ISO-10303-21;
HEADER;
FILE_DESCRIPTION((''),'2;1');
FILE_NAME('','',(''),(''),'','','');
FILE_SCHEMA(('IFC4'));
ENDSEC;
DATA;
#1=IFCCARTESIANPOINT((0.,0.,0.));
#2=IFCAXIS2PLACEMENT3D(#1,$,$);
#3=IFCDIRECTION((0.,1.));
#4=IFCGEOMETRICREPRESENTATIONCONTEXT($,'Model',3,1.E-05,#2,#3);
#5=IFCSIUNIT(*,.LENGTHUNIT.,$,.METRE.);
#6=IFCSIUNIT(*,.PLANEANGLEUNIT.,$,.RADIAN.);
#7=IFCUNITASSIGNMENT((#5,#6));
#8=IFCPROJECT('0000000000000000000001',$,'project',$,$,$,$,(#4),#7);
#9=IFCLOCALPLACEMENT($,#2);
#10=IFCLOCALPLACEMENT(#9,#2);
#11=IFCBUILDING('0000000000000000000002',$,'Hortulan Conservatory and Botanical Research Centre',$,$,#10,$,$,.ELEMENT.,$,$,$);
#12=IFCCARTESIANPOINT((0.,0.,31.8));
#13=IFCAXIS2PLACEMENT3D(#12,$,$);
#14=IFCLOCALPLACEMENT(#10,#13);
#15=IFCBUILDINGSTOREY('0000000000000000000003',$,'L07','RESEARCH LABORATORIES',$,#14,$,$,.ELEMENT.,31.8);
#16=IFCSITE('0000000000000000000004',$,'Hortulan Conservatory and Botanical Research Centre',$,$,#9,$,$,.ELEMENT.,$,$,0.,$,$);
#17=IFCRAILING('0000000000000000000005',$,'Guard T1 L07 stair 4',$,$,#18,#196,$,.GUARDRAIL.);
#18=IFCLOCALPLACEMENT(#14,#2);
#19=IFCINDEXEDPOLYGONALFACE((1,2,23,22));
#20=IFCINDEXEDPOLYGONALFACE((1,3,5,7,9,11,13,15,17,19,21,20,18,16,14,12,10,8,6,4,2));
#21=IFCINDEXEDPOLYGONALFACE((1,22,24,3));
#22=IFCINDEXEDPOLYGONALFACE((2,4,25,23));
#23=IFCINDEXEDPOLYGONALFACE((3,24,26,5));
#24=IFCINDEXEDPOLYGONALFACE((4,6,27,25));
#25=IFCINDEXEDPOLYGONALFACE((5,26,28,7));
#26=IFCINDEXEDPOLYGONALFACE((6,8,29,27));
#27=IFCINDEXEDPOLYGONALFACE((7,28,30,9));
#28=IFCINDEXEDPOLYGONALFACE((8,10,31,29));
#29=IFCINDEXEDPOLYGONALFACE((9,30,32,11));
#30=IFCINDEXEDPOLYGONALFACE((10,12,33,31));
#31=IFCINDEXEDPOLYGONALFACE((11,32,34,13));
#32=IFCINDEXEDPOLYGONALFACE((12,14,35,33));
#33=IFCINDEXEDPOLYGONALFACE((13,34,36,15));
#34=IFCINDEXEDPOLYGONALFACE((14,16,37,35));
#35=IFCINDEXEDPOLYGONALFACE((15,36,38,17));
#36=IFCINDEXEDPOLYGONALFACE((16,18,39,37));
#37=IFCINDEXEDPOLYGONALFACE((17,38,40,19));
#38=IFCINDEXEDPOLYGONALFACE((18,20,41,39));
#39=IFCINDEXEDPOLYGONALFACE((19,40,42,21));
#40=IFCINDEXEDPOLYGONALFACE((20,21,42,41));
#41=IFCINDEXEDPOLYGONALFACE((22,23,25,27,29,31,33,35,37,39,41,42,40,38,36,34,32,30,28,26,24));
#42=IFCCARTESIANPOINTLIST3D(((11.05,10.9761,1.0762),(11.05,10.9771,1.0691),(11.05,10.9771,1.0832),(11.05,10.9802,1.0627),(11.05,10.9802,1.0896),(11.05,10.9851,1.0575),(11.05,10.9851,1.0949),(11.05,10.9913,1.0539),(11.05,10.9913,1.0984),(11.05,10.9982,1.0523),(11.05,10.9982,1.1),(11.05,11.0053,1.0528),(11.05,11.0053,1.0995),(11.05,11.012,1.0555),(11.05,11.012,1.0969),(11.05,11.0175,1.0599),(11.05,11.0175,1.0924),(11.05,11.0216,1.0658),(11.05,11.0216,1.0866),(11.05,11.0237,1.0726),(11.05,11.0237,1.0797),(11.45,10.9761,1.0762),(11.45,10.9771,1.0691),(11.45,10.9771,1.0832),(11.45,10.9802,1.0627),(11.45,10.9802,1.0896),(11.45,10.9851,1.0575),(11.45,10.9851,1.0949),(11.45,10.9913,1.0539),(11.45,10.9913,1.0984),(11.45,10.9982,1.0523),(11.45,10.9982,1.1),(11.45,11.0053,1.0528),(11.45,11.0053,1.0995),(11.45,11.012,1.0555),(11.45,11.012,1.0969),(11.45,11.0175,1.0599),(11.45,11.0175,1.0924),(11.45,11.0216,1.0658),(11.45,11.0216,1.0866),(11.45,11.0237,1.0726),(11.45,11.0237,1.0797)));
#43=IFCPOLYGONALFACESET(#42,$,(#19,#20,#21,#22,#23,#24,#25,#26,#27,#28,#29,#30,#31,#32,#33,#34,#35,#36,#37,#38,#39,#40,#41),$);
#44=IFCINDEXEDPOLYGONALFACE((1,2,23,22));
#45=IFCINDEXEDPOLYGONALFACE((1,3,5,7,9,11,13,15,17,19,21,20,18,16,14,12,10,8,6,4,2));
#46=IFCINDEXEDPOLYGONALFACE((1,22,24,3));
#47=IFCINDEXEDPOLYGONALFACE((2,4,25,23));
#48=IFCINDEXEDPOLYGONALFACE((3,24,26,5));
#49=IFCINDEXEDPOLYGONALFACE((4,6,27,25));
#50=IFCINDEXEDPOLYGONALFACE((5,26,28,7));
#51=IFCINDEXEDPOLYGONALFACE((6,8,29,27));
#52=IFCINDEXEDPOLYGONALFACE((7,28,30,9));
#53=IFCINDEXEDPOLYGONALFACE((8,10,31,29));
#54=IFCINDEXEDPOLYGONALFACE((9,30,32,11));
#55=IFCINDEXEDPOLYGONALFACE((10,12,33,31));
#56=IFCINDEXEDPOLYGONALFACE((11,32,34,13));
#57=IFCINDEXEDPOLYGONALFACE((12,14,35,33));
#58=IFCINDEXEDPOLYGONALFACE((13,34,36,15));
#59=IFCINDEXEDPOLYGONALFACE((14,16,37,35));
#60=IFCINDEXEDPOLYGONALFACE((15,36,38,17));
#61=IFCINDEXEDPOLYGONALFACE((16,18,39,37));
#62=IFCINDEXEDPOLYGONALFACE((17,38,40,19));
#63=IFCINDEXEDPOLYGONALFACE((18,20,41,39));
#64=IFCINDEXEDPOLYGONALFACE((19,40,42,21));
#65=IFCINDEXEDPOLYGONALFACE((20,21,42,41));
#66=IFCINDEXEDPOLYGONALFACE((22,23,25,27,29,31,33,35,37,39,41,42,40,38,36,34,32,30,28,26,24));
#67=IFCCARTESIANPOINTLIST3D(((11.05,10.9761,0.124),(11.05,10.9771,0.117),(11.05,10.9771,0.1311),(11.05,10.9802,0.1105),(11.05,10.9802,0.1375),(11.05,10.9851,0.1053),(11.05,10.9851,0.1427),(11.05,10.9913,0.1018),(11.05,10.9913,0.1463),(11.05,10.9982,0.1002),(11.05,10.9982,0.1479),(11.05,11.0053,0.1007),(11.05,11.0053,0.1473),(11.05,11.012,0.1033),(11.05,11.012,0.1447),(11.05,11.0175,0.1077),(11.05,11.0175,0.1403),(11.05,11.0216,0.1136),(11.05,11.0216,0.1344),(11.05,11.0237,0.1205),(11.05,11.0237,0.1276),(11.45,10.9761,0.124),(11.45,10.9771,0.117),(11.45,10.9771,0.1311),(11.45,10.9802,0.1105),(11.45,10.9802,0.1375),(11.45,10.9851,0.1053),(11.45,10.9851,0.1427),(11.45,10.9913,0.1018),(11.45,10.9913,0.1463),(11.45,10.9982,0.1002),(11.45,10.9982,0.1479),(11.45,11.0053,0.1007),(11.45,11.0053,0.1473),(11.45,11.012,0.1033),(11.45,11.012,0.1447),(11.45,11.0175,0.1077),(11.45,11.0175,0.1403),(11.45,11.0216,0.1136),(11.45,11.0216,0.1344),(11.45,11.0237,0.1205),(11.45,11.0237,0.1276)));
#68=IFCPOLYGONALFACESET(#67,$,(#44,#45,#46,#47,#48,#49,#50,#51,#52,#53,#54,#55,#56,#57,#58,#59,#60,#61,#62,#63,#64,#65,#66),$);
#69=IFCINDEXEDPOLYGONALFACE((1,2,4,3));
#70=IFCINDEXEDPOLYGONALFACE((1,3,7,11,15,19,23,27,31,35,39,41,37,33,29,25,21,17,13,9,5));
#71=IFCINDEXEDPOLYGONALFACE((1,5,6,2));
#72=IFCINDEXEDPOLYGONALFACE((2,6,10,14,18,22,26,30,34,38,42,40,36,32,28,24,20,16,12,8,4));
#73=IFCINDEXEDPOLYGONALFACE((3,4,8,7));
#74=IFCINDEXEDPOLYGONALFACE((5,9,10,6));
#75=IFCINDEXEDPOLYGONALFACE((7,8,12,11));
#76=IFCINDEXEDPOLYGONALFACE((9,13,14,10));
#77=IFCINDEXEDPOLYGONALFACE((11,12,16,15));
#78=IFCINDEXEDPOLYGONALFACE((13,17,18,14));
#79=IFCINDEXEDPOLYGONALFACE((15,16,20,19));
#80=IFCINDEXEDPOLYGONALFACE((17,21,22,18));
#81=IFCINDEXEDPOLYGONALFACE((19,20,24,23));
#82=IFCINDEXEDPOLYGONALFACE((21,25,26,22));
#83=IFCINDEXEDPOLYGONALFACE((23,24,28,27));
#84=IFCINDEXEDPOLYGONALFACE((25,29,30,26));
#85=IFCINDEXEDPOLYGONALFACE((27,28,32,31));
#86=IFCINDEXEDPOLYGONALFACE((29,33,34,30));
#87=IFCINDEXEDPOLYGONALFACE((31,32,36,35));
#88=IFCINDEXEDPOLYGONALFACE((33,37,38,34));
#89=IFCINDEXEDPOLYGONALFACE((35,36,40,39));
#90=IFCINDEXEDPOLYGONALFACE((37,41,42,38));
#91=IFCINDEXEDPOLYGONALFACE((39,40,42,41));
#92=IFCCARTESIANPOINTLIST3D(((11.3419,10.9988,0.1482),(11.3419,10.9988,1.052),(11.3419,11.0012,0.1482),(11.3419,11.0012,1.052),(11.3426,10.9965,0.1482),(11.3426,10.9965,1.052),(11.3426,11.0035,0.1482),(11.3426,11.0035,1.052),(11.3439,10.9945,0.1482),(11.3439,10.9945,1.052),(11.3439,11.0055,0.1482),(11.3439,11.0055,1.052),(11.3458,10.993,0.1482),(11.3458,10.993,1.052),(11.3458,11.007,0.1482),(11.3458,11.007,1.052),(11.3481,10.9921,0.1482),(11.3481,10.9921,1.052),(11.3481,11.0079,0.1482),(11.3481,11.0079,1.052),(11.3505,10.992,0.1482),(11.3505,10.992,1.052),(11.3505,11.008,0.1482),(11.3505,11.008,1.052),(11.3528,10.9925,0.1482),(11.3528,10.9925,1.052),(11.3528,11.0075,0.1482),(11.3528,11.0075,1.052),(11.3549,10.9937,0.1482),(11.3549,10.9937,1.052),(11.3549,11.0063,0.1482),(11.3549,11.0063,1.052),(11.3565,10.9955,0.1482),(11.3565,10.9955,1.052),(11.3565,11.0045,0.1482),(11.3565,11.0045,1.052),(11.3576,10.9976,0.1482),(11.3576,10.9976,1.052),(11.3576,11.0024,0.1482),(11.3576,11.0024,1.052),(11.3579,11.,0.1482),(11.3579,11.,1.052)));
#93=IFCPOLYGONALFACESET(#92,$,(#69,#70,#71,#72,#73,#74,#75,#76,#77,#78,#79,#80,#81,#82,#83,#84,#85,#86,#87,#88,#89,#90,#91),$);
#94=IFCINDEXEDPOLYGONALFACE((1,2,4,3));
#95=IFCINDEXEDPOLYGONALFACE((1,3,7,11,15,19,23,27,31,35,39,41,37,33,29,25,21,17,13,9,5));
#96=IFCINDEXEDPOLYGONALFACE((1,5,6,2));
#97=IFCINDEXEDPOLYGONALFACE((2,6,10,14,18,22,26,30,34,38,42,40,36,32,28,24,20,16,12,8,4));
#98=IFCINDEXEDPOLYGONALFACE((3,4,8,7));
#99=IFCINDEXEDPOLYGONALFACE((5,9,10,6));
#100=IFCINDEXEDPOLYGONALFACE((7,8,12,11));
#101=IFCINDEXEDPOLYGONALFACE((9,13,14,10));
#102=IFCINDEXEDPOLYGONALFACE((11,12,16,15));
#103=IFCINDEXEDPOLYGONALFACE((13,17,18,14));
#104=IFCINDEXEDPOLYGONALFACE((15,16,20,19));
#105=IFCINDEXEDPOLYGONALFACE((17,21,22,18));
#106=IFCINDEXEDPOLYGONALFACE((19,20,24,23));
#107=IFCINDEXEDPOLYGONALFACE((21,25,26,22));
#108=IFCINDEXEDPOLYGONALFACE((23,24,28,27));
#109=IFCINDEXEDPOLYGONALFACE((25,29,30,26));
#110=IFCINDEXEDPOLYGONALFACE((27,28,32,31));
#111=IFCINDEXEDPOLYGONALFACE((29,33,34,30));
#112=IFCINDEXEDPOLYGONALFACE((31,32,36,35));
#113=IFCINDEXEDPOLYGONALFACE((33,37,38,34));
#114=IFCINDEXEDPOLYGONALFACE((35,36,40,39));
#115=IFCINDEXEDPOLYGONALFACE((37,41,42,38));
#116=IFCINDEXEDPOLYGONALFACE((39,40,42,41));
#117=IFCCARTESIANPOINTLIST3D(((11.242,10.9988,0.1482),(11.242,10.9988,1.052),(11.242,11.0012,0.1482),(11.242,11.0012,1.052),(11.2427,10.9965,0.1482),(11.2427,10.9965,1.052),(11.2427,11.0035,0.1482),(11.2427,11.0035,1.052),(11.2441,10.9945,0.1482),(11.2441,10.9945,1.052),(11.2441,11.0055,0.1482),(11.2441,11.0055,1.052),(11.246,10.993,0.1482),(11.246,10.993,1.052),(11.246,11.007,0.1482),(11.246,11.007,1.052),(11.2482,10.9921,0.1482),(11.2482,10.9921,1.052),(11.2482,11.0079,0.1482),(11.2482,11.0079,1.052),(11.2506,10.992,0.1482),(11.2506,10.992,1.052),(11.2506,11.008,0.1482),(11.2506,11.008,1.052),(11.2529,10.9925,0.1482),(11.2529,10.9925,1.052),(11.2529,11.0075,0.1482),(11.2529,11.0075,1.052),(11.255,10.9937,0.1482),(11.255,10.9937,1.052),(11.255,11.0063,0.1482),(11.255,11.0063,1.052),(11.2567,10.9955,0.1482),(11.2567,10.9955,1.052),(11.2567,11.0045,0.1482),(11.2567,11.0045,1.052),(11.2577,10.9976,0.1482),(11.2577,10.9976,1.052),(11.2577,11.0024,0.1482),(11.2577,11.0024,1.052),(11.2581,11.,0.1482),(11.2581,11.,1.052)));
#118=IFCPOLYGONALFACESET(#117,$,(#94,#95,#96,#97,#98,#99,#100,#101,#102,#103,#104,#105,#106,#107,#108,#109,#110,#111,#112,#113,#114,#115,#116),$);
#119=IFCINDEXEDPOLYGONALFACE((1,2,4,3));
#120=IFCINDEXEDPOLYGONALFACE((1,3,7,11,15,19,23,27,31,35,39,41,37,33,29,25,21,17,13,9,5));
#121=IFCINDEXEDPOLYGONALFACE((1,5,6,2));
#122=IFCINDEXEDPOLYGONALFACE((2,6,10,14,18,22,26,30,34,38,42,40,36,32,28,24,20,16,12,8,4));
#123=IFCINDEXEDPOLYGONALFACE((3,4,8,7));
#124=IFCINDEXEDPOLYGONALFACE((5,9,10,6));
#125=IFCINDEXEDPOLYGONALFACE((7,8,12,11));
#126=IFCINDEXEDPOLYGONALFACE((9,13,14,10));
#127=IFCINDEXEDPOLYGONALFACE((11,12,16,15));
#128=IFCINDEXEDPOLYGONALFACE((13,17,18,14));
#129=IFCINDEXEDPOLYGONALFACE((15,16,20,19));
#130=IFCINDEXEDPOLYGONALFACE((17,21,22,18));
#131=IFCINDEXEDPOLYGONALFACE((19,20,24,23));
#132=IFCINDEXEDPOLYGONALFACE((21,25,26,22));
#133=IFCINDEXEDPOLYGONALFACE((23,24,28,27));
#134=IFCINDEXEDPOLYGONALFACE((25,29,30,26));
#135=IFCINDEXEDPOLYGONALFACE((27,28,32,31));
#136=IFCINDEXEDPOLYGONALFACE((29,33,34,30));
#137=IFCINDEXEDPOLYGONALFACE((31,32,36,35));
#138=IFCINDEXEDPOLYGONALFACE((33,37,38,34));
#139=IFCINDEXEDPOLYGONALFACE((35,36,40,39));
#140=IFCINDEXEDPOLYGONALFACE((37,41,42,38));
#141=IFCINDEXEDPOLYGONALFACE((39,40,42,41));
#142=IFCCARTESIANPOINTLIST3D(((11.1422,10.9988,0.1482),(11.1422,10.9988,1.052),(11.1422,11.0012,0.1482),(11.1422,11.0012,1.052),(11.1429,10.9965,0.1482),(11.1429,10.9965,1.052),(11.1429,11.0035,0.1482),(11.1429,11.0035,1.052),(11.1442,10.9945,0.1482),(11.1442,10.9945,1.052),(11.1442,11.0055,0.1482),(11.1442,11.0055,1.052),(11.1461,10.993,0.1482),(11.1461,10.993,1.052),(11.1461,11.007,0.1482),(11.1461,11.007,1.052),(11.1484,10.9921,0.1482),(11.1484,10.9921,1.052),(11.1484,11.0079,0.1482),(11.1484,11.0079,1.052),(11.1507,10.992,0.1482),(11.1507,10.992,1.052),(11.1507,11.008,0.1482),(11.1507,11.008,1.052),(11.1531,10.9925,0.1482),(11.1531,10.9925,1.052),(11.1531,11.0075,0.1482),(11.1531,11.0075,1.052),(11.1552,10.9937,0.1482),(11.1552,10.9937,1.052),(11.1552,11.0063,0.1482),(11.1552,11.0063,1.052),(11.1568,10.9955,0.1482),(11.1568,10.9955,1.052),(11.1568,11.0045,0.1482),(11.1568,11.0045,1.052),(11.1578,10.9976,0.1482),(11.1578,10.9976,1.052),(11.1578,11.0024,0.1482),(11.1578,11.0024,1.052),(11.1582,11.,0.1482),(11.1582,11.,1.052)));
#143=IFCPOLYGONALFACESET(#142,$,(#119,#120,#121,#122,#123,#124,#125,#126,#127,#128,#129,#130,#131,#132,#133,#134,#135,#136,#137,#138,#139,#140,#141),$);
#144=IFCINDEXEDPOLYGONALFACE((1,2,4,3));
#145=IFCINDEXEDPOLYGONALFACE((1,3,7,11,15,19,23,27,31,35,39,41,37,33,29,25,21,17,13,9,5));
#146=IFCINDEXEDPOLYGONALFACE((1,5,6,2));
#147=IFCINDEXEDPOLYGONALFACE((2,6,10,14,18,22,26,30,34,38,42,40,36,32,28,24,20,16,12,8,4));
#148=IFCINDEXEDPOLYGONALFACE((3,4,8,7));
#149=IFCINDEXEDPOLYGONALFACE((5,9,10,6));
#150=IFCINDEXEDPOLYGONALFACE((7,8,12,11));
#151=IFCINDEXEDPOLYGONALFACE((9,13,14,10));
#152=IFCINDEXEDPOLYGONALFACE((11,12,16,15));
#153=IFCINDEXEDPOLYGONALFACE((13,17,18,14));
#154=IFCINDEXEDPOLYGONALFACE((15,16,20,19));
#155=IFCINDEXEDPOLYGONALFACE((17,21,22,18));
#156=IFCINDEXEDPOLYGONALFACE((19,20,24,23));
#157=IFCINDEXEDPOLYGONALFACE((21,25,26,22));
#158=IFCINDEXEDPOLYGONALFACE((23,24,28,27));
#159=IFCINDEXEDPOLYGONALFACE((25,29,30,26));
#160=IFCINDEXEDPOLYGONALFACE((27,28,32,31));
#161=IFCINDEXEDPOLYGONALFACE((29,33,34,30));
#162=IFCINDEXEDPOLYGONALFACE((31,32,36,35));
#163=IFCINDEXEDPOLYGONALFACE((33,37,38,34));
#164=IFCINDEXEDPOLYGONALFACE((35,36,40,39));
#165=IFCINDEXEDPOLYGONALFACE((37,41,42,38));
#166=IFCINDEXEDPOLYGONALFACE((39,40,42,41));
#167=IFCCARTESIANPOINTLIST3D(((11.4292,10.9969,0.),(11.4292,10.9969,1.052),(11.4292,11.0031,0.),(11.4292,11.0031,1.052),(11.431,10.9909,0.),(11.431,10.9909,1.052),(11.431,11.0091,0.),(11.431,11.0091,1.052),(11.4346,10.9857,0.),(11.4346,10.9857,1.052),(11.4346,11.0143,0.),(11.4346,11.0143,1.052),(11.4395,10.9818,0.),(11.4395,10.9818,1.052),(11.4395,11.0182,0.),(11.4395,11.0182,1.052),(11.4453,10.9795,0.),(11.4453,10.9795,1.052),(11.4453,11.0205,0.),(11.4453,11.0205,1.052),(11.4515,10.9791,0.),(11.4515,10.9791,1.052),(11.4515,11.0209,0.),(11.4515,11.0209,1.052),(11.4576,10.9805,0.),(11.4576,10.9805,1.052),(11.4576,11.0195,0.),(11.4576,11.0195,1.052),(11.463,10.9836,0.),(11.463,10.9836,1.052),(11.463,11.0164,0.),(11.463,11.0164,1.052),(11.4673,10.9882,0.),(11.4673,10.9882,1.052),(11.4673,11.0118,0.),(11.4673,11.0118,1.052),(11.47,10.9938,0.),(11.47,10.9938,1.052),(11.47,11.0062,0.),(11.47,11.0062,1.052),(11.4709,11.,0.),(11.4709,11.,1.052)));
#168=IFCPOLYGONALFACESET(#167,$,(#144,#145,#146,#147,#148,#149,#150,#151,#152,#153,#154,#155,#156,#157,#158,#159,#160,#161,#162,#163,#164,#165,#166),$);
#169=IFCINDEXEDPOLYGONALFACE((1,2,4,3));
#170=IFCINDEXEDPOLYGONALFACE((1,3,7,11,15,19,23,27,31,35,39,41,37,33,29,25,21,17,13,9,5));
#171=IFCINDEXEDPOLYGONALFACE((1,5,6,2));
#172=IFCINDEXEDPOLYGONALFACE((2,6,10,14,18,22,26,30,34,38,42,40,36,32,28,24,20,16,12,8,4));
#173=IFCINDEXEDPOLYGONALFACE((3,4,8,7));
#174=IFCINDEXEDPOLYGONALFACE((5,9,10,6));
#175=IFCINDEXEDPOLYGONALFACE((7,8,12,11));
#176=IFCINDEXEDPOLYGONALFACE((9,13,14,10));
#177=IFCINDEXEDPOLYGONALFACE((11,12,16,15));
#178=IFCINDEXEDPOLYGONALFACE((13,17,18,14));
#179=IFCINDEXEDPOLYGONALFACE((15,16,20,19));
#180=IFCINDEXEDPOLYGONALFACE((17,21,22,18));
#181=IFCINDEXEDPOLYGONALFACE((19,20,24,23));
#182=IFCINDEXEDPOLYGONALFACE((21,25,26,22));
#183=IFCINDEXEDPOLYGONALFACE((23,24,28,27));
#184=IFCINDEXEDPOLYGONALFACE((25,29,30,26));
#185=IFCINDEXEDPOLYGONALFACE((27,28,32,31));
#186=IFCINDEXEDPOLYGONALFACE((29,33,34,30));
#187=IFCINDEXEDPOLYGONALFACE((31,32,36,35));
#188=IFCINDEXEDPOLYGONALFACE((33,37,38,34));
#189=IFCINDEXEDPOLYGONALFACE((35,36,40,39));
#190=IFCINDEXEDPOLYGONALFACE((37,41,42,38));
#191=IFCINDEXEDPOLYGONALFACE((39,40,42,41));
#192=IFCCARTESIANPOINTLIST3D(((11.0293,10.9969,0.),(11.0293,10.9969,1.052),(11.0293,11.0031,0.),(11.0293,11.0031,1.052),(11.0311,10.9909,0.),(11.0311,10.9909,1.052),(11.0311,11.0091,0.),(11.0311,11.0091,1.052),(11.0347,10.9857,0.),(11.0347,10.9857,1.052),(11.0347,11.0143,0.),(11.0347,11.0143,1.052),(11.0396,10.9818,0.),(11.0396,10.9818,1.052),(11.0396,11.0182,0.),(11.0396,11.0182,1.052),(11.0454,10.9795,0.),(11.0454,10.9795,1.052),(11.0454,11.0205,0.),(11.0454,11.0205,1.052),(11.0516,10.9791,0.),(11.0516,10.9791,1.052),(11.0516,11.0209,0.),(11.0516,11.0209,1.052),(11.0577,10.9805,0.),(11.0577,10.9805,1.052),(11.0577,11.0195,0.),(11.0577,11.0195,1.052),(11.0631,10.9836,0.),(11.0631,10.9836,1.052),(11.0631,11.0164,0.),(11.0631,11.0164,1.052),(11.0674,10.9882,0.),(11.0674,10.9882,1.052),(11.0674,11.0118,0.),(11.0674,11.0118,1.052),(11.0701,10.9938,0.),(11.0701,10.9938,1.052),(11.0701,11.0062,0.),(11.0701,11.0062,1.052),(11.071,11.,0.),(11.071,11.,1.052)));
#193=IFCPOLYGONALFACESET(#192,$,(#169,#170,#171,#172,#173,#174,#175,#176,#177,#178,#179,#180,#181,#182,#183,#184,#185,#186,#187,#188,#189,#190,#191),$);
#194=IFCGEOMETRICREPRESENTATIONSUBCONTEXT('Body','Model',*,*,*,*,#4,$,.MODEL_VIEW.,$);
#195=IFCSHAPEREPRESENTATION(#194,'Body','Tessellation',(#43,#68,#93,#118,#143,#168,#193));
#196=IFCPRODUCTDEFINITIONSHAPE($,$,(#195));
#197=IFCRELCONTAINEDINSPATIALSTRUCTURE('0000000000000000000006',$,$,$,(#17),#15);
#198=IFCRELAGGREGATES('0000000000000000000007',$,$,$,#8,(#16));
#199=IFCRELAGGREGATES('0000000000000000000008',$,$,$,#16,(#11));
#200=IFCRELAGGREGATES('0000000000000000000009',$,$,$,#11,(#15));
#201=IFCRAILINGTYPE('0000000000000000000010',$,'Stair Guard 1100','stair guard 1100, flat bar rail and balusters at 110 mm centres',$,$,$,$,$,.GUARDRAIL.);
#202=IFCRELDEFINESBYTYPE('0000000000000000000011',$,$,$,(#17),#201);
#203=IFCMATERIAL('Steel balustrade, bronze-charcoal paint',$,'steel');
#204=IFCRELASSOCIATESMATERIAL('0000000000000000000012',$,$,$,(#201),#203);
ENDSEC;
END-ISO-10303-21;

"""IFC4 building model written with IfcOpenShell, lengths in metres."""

from ifc_helpers import new_model, si_unit, direction, frame, origin, origin_2d, place, context, subcontext, project, spatial, circle, extrude, material, type_object, element, save


model = new_model("IFC4")

# Units and contexts
model_context = context("Model", 3, precision=1e-05, world=origin(), true_north=direction((0.0, 1.0)))
body_context = subcontext(model_context, "Body", "Model", "MODEL_VIEW")
ifc_project = project(units=[si_unit("LENGTHUNIT", "METRE"), si_unit("PLANEANGLEUNIT", "RADIAN")], contexts=[model_context])

# Site, building, storey
site_placement = place(None, origin())
site = spatial("IfcSite", under=ifc_project, at=site_placement, Name="Hortulan Conservatory and Botanical Research Centre", CompositionType="ELEMENT", RefElevation=0.0)
building_placement = place(site_placement, origin())
building = spatial("IfcBuilding", under=site, at=building_placement, Name="Hortulan Conservatory and Botanical Research Centre", CompositionType="ELEMENT")
storey_placement = place(building_placement, frame((0.0, 0.0, 31.8)))
storey = spatial("IfcBuildingStorey", under=building, at=storey_placement, Name="L07", Description="RESEARCH LABORATORIES", CompositionType="ELEMENT", Elevation=31.8)

# Railing
ifc_material_1 = material(Name="Steel balustrade, bronze-charcoal paint", Category="steel")
railing_type_1 = type_object("IfcRailingType", Name="Stair Guard 1100", Description="stair guard 1100, flat bar rail and balusters at 110 mm centres", PredefinedType="GUARDRAIL", material=ifc_material_1)
railing_1_placement = place(storey_placement, frame((11.45, 11.0, 0.0)))
element("IfcRailing", 1, at=railing_1_placement, inside=storey, type_object=railing_type_1, Name="Guard T1 L07 stair 4", PredefinedType="GUARDRAIL", context=body_context, shape_type="SweptSolid", body=[
    extrude(circle(Radius=0.0239, at=origin_2d()), frame((0.0, 0.0, 1.0762), z_axis=(-1.0, 0.0, 0.0), x_axis=(0.0, -1.0, 0.0)), (0.0, 0.0, 1.0), 0.3999),
    extrude(circle(Radius=0.0239, at=origin_2d()), frame((0.0, 0.0, 0.124), z_axis=(-1.0, 0.0, 0.0), x_axis=(0.0, -1.0, 0.0)), (0.0, 0.0, 1.0), 0.3999),
    extrude(circle(Radius=0.0081, at=origin_2d()), frame((-0.1001, 0.0, 0.1482)), (0.0, 0.0, 1.0), 0.9038),
    extrude(circle(Radius=0.0081, at=origin_2d()), frame((-0.2, 0.0, 0.1482)), (0.0, 0.0, 1.0), 0.9038),
    extrude(circle(Radius=0.0081, at=origin_2d()), frame((-0.2998, 0.0, 0.1482)), (0.0, 0.0, 1.0), 0.9038),
    extrude(circle(Radius=0.021, at=origin_2d()), origin(), (0.0, 0.0, 1.0), 1.052),
    extrude(circle(Radius=0.021, at=origin_2d()), frame((-0.3999, 0.0, 0.0)), (0.0, 0.0, 1.0), 1.052),
])

save(model, "model.ifc")
